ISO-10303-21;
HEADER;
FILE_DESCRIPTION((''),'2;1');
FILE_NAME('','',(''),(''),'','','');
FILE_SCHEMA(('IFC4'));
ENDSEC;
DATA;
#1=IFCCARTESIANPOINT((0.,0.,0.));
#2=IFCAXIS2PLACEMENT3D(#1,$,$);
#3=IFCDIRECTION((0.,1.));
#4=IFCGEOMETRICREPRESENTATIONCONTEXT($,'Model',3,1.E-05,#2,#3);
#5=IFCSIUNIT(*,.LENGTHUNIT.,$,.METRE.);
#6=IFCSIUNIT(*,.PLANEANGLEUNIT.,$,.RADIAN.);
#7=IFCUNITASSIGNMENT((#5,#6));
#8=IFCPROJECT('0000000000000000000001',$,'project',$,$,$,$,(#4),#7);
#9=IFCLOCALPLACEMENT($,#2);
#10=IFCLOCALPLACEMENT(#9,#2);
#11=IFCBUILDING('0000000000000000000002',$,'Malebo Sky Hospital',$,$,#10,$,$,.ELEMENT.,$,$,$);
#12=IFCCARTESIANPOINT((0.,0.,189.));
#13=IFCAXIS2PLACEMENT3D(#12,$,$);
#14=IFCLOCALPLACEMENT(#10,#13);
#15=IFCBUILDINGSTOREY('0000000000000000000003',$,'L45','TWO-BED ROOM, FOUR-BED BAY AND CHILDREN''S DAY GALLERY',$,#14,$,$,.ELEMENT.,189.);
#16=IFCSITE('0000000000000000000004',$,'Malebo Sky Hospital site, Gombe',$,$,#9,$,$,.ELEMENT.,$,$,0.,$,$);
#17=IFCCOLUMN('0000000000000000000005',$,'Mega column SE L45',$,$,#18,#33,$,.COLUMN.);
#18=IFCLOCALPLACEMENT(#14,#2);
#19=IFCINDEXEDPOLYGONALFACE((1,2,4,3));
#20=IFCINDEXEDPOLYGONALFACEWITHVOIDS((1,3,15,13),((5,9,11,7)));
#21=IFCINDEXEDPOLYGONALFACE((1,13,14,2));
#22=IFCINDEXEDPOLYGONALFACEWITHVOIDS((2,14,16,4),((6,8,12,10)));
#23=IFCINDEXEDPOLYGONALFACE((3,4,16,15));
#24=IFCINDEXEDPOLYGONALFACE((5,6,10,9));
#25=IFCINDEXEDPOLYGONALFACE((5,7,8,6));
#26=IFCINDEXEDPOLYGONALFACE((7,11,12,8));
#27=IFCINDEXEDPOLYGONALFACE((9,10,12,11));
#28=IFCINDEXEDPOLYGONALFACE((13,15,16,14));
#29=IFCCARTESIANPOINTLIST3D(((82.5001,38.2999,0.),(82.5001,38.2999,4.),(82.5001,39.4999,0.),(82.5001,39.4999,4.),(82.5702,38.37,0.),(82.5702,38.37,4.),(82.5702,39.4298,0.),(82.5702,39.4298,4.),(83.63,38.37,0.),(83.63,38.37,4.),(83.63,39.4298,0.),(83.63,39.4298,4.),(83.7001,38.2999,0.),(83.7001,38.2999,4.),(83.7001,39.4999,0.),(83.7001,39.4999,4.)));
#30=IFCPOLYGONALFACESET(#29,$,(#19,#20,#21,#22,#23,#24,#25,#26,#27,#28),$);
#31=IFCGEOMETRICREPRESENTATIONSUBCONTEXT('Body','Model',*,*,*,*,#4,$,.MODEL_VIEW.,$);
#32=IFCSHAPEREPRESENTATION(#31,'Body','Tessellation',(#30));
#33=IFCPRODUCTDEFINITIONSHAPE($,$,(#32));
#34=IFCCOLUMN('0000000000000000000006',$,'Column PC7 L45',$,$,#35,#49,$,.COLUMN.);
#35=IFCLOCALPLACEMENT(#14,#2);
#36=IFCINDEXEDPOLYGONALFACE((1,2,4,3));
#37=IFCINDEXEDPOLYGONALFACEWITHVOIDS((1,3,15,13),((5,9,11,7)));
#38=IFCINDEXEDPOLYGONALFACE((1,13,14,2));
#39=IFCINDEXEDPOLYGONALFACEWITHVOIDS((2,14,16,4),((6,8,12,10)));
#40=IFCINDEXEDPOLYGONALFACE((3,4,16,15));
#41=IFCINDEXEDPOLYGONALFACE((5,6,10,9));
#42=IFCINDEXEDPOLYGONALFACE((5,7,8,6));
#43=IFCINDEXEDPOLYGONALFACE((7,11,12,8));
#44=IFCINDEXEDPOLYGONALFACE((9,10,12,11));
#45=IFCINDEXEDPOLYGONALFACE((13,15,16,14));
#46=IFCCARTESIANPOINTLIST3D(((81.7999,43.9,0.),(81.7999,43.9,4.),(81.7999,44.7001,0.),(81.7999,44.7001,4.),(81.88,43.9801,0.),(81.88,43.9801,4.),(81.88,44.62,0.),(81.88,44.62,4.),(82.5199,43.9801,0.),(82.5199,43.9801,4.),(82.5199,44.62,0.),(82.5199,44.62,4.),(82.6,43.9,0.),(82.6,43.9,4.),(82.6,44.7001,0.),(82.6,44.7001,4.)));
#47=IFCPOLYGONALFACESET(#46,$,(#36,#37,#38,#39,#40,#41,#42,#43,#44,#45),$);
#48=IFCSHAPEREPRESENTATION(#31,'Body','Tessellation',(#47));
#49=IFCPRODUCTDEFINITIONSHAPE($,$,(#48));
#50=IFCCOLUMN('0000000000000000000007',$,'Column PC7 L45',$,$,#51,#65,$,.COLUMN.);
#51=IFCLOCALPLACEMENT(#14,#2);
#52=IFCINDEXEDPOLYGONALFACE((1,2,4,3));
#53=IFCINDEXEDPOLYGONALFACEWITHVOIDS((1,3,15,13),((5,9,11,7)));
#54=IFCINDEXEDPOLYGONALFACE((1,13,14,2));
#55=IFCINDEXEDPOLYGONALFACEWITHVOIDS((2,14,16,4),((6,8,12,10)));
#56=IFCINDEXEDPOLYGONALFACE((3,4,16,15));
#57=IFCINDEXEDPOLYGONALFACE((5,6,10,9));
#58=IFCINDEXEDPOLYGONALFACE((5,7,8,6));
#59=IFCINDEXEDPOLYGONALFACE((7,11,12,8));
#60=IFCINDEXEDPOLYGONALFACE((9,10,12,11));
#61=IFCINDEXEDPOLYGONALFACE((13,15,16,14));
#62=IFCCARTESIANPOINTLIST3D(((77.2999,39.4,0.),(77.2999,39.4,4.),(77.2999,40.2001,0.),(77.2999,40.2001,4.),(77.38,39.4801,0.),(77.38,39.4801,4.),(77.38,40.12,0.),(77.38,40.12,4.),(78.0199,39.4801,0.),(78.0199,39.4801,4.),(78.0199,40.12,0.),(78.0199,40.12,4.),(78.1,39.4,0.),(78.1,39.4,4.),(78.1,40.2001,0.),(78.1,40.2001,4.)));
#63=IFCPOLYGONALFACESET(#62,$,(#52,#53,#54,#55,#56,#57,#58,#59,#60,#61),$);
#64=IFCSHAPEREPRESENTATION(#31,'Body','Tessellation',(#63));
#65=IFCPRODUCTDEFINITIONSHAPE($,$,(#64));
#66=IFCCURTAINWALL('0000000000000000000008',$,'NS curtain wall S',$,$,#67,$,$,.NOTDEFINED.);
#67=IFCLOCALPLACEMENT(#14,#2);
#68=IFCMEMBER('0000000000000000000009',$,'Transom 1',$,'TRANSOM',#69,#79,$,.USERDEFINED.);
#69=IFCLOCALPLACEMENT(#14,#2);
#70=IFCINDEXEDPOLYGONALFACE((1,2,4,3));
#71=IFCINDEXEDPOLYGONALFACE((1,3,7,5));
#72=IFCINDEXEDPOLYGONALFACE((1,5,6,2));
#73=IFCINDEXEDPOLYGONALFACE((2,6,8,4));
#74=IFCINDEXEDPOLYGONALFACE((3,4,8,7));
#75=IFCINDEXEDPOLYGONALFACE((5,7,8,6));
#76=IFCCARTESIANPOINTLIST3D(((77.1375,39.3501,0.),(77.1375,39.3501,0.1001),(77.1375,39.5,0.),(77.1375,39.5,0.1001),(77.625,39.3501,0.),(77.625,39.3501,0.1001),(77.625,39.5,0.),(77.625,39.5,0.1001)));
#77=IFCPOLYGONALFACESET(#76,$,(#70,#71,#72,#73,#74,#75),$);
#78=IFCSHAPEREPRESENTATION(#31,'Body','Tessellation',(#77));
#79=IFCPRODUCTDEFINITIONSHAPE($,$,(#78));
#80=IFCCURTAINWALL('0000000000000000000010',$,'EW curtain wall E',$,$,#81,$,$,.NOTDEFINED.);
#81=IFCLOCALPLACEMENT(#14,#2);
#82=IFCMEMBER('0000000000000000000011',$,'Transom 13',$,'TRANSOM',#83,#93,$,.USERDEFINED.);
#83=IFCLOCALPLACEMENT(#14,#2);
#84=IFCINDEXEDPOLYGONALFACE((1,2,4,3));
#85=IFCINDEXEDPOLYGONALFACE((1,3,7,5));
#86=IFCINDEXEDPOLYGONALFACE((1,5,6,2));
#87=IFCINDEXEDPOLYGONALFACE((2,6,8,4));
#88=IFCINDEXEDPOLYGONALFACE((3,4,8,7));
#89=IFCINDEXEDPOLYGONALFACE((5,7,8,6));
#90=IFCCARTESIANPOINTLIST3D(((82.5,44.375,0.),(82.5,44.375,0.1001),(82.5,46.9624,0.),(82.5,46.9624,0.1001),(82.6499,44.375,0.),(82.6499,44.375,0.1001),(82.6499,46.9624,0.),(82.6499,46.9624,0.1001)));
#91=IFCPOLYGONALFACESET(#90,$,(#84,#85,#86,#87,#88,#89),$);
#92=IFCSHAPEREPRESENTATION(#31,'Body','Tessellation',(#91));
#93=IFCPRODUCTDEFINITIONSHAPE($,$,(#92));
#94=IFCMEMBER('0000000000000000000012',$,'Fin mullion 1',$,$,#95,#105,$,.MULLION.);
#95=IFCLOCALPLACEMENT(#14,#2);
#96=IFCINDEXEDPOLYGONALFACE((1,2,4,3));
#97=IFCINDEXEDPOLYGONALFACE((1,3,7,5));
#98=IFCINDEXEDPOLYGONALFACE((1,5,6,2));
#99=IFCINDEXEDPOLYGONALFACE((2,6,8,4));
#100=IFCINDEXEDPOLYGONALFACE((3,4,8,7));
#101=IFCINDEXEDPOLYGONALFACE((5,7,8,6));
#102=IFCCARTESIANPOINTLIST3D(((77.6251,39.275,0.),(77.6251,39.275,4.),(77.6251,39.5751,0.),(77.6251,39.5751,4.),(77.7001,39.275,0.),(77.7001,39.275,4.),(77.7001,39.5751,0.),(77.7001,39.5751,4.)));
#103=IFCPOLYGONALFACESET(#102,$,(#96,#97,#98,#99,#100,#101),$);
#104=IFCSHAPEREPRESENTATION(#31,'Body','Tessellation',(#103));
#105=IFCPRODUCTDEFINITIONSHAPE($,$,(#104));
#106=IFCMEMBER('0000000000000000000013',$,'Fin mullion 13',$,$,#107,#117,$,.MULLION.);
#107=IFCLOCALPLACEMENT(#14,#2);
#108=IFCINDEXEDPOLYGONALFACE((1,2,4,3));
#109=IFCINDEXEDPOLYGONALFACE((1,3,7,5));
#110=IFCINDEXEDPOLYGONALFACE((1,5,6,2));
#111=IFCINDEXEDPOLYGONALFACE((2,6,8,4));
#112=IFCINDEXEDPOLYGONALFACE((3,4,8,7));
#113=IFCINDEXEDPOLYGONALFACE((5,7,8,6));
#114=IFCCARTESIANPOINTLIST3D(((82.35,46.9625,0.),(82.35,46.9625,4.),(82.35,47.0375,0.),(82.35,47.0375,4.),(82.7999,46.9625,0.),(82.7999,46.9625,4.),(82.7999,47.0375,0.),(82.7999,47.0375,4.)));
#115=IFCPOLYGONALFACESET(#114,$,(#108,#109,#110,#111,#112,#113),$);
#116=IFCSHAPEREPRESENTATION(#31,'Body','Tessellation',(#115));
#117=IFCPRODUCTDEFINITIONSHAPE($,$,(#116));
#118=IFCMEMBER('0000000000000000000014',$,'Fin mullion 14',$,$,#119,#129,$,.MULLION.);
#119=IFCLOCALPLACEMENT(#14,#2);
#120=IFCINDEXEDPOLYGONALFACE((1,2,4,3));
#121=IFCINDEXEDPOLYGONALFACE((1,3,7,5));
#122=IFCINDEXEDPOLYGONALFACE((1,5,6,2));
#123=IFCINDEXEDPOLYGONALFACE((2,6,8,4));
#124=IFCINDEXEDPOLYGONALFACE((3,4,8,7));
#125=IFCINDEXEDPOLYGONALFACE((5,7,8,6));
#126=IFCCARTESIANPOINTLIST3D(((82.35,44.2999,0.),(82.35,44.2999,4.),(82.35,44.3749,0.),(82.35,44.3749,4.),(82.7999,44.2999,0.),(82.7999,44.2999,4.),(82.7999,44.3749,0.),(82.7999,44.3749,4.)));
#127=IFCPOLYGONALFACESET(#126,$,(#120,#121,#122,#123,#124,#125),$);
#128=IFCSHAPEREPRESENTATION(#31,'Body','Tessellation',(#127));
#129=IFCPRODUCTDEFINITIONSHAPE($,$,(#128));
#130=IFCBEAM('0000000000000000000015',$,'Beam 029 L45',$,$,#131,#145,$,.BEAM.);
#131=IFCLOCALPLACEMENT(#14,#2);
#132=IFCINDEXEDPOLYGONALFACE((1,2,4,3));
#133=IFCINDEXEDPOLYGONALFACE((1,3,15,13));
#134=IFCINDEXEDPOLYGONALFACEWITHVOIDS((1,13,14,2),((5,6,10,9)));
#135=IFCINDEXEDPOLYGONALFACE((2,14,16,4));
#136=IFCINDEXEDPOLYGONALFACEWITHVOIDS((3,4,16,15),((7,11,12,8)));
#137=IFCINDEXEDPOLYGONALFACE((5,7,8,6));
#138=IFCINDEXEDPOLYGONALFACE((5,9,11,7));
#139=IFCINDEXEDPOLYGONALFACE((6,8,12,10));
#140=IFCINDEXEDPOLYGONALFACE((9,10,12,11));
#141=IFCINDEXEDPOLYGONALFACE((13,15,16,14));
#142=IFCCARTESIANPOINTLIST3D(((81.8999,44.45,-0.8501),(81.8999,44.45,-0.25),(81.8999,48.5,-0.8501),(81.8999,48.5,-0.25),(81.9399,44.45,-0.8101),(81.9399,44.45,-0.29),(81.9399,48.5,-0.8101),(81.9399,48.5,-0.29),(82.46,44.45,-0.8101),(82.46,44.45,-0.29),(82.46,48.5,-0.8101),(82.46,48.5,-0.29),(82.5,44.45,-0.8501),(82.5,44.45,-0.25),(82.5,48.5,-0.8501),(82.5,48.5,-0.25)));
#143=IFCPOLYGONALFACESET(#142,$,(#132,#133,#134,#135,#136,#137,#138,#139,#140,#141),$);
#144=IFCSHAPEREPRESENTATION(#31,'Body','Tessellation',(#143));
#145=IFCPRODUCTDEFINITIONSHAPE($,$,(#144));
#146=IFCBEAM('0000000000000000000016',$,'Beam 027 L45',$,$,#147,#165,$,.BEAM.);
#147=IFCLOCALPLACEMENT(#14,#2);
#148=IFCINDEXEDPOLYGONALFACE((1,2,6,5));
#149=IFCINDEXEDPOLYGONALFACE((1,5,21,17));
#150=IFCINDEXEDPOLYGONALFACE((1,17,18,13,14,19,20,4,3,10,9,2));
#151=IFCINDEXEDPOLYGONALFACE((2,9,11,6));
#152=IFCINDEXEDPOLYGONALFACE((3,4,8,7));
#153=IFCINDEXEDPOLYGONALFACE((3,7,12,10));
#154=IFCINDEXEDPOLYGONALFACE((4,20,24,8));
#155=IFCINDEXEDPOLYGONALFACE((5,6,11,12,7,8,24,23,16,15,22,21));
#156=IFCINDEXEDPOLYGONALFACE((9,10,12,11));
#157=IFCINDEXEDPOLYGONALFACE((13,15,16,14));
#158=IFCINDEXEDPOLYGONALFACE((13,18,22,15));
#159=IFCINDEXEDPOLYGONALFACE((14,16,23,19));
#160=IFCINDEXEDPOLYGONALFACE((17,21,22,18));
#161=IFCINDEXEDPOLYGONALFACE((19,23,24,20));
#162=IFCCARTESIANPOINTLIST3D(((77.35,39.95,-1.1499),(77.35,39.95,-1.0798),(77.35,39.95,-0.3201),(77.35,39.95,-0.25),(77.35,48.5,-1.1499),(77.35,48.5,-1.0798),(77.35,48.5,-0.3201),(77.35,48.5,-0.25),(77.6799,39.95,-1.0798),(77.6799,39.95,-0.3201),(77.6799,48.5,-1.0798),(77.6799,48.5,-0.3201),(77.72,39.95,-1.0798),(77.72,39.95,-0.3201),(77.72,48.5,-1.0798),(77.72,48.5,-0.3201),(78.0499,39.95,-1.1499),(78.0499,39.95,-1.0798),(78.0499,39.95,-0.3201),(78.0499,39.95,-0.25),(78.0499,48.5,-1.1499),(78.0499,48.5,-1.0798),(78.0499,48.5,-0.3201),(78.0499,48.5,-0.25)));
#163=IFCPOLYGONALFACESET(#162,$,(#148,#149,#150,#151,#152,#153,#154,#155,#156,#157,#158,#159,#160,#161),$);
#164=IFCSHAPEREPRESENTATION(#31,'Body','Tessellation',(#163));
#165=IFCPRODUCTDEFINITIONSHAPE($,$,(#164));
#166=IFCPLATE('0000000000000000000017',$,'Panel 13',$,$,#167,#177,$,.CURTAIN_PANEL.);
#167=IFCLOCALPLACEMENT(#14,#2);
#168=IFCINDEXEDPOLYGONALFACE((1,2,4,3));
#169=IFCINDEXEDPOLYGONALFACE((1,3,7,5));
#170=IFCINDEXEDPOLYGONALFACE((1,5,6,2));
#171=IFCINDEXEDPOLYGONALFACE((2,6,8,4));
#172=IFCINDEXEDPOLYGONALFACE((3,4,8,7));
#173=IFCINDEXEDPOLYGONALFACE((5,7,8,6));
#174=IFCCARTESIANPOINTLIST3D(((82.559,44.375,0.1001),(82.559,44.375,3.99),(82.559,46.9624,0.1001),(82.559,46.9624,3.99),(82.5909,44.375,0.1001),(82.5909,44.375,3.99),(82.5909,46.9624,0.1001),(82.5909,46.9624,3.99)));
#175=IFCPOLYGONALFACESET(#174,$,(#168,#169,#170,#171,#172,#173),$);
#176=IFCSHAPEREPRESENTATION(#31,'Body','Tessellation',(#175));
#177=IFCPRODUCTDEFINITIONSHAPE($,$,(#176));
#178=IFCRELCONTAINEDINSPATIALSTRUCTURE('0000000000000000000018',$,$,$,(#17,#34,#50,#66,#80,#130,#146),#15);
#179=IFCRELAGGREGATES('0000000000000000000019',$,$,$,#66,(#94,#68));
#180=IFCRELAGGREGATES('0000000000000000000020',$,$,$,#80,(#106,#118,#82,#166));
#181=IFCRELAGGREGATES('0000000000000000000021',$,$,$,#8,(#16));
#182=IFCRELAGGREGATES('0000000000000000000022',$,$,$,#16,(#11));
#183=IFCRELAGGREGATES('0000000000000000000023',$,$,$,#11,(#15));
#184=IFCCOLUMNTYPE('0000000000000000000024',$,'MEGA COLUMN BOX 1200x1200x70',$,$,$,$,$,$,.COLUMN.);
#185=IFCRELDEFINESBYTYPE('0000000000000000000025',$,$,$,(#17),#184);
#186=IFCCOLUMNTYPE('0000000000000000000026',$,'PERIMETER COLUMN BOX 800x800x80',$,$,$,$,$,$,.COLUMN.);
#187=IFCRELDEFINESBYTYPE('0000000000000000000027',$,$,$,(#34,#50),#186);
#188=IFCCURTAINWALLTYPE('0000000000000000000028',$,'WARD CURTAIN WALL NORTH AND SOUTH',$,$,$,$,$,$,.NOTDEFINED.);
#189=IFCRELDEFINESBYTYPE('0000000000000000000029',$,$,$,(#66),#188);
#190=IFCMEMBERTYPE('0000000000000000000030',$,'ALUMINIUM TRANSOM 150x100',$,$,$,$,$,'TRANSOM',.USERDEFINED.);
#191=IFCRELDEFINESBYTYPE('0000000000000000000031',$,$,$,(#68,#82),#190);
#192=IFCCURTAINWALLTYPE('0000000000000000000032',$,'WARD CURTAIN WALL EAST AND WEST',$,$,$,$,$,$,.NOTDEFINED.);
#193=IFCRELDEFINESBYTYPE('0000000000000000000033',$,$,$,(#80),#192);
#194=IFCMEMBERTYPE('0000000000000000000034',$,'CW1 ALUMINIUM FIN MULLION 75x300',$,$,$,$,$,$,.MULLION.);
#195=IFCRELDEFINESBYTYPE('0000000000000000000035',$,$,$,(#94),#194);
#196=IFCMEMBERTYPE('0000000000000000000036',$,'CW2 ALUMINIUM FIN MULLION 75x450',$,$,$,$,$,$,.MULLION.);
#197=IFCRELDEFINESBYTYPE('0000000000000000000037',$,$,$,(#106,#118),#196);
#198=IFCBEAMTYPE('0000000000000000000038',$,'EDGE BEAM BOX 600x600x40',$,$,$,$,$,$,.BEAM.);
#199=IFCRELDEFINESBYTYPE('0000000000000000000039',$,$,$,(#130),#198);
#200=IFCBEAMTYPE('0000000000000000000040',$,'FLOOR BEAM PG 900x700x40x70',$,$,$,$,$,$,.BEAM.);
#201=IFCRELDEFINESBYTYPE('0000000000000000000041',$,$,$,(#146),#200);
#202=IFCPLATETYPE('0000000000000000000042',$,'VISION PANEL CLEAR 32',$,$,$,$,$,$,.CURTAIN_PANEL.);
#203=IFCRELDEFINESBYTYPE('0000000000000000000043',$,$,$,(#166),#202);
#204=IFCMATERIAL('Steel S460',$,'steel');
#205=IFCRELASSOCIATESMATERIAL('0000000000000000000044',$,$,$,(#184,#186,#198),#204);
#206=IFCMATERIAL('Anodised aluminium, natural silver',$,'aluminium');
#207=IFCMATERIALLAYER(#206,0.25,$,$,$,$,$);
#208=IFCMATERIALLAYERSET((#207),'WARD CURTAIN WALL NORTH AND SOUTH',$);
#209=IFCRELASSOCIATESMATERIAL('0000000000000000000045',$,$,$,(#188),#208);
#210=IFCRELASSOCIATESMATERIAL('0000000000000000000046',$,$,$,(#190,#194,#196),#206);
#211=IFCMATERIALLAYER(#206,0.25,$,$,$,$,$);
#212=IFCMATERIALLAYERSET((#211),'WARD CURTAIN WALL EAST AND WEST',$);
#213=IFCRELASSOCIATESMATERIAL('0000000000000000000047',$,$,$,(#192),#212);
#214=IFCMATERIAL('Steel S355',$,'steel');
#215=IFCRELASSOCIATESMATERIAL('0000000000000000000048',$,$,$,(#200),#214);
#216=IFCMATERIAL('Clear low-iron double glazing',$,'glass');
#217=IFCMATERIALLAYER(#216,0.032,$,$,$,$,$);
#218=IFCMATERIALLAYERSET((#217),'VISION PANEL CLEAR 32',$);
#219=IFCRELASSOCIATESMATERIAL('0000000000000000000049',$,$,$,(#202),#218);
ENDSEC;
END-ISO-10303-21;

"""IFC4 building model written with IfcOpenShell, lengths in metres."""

from ifc_helpers import new_model, si_unit, direction, frame, origin, origin_2d, place, context, subcontext, project, spatial, rectangle, hollow_rectangle, i_section, extrude, material, layer, layer_set, material_profile, profile_set, type_object, element, aggregate, save


model = new_model("IFC4")

# Units and contexts
model_context = context("Model", 3, precision=1e-05, world=origin(), true_north=direction((0.0, 1.0)))
body_context = subcontext(model_context, "Body", "Model", "MODEL_VIEW")
ifc_project = project(units=[si_unit("LENGTHUNIT", "METRE"), si_unit("PLANEANGLEUNIT", "RADIAN")], contexts=[model_context])

# Site, building, storey
site_placement = place(None, origin())
site = spatial("IfcSite", under=ifc_project, at=site_placement, Name="Malebo Sky Hospital site, Gombe", CompositionType="ELEMENT", RefElevation=0.0)
building_placement = place(site_placement, origin())
building = spatial("IfcBuilding", under=site, at=building_placement, Name="Malebo Sky Hospital", CompositionType="ELEMENT")
storey_placement = place(building_placement, frame((0.0, 0.0, 189.0)))
storey = spatial("IfcBuildingStorey", under=building, at=storey_placement, Name="L45", Description="TWO-BED ROOM, FOUR-BED BAY AND CHILDREN'S DAY GALLERY", CompositionType="ELEMENT", Elevation=189.0)

# Columns
ifc_material_1 = material(Name="Steel S460", Category="steel")
ifc_material_profile_1 = material_profile(ifc_material_1, hollow_rectangle(XDim=1.2, YDim=1.2, WallThickness=0.0701, at=origin_2d()), Name="BOX 1200x1200x70")
ifc_profile_set_1 = profile_set([ifc_material_profile_1], Name="Steel S460")
column_type_1 = type_object("IfcColumnType", Name="MEGA COLUMN BOX 1200x1200x70", PredefinedType="COLUMN", material=ifc_profile_set_1)
column_placement = place(storey_placement, frame((83.1001, 38.8999, 0.0), z_axis=(0.0, 0.0, 1.0), x_axis=(1.0, 0.0, 0.0)))
element("IfcColumn", 1, at=column_placement, inside=storey, type_object=column_type_1, Name="Mega column SE L45", PredefinedType="COLUMN", context=body_context, shape_type="SweptSolid", body=[
    extrude(hollow_rectangle(XDim=1.2, YDim=1.2, WallThickness=0.0701, at=origin_2d()), origin(), (0.0, 0.0, 1.0), 4.0),
])
ifc_material_profile_2 = material_profile(ifc_material_1, hollow_rectangle(XDim=0.8, YDim=0.8, WallThickness=0.0801, at=origin_2d()), Name="BOX 800x800x80")
ifc_profile_set_2 = profile_set([ifc_material_profile_2], Name="Steel S460")
column_type_2 = type_object("IfcColumnType", Name="PERIMETER COLUMN BOX 800x800x80", PredefinedType="COLUMN", material=ifc_profile_set_2)
for number, where, z_axis, x_axis, name in (
    (2, (82.2, 44.3, 0.0), (0.0, 0.0, 1.0), (1.0, 0.0, 0.0), "Column PC7 L45"),
    (3, (77.7, 39.8, 0.0), (0.0, 0.0, 1.0), (1.0, 0.0, 0.0), "Column PC7 L45"),
):
    element("IfcColumn", number, at=place(storey_placement, frame(where, z_axis=z_axis, x_axis=x_axis)), inside=storey, type_object=column_type_2, Name=name, PredefinedType="COLUMN", context=body_context, shape_type="SweptSolid", body=[
        extrude(hollow_rectangle(XDim=0.8, YDim=0.8, WallThickness=0.0801, at=origin_2d()), origin(), (0.0, 0.0, 1.0), 4.0),
    ])

# Curtain walls, members
ifc_material_2 = material(Name="Anodised aluminium, natural silver", Category="aluminium")
ifc_layer_1 = layer(ifc_material_2, 0.25)
ifc_layer_set_1 = layer_set([ifc_layer_1], Name="WARD CURTAIN WALL NORTH AND SOUTH")
curtain_wall_type_1 = type_object("IfcCurtainWallType", Name="WARD CURTAIN WALL NORTH AND SOUTH", PredefinedType="NOTDEFINED", material=ifc_layer_set_1)
curtain_wall_1_placement = place(storey_placement, origin())
curtain_wall_1 = element("IfcCurtainWall", 4, at=curtain_wall_1_placement, inside=storey, type_object=curtain_wall_type_1, Name="NS curtain wall S", PredefinedType="NOTDEFINED")
ifc_material_profile_3 = material_profile(ifc_material_2, rectangle(XDim=0.1499, YDim=0.1001, at=origin_2d()), Name="ALUMINIUM TRANSOM 150x100")
ifc_profile_set_3 = profile_set([ifc_material_profile_3], Name="Anodised aluminium, natural silver")
member_type_1 = type_object("IfcMemberType", Name="ALUMINIUM TRANSOM 150x100", ElementType="TRANSOM", PredefinedType="USERDEFINED", material=ifc_profile_set_3)
member_1_placement = place(storey_placement, frame((77.625, 39.425, 0.05), z_axis=(-1.0, 0.0, 0.0), x_axis=(0.0, -1.0, 0.0)))
member_1 = element("IfcMember", 5, at=member_1_placement, type_object=member_type_1, Name="Transom 1", ObjectType="TRANSOM", PredefinedType="USERDEFINED", context=body_context, shape_type="SweptSolid", body=[
    extrude(rectangle(XDim=0.1499, YDim=0.1001, at=origin_2d()), origin(), (0.0, 0.0, 1.0), 0.4875),
])
ifc_layer_2 = layer(ifc_material_2, 0.25)
ifc_layer_set_2 = layer_set([ifc_layer_2], Name="WARD CURTAIN WALL EAST AND WEST")
curtain_wall_type_2 = type_object("IfcCurtainWallType", Name="WARD CURTAIN WALL EAST AND WEST", PredefinedType="NOTDEFINED", material=ifc_layer_set_2)
curtain_wall_2_placement = place(storey_placement, origin())
curtain_wall_2 = element("IfcCurtainWall", 6, at=curtain_wall_2_placement, inside=storey, type_object=curtain_wall_type_2, Name="EW curtain wall E", PredefinedType="NOTDEFINED")
member_2_placement = place(storey_placement, frame((82.575, 46.9624, 0.05), z_axis=(0.0, -1.0, 0.0), x_axis=(1.0, 0.0, 0.0)))
member_2 = element("IfcMember", 7, at=member_2_placement, type_object=member_type_1, Name="Transom 13", ObjectType="TRANSOM", PredefinedType="USERDEFINED", context=body_context, shape_type="SweptSolid", body=[
    extrude(rectangle(XDim=0.1499, YDim=0.1001, at=origin_2d()), origin(), (0.0, 0.0, 1.0), 2.5874),
])

# Members
ifc_material_profile_4 = material_profile(ifc_material_2, rectangle(XDim=0.075, YDim=0.3, at=origin_2d()), Name="CW1 ALUMINIUM FIN MULLION 75x300")
ifc_profile_set_4 = profile_set([ifc_material_profile_4], Name="Anodised aluminium, natural silver")
member_type_2 = type_object("IfcMemberType", Name="CW1 ALUMINIUM FIN MULLION 75x300", PredefinedType="MULLION", material=ifc_profile_set_4)
member_3_placement = place(storey_placement, frame((77.6626, 39.425, 0.0), z_axis=(0.0, 0.0, 1.0), x_axis=(-1.0, 0.0, 0.0)))
member_3 = element("IfcMember", 8, at=member_3_placement, type_object=member_type_2, Name="Fin mullion 1", PredefinedType="MULLION", context=body_context, shape_type="SweptSolid", body=[
    extrude(rectangle(XDim=0.075, YDim=0.3, at=origin_2d()), origin(), (0.0, 0.0, 1.0), 4.0),
])
aggregate(curtain_wall_1, [member_3, member_1])
ifc_material_profile_5 = material_profile(ifc_material_2, rectangle(XDim=0.075, YDim=0.45, at=origin_2d()), Name="CW2 ALUMINIUM FIN MULLION 75x450")
ifc_profile_set_5 = profile_set([ifc_material_profile_5], Name="Anodised aluminium, natural silver")
member_type_3 = type_object("IfcMemberType", Name="CW2 ALUMINIUM FIN MULLION 75x450", PredefinedType="MULLION", material=ifc_profile_set_5)
member_4_placement = place(storey_placement, frame((82.575, 47.0, 0.0), z_axis=(0.0, 0.0, 1.0), x_axis=(0.0, -1.0, 0.0)))
member_4 = element("IfcMember", 9, at=member_4_placement, type_object=member_type_3, Name="Fin mullion 13", PredefinedType="MULLION", context=body_context, shape_type="SweptSolid", body=[
    extrude(rectangle(XDim=0.075, YDim=0.45, at=origin_2d()), origin(), (0.0, 0.0, 1.0), 4.0),
])
member_5_placement = place(storey_placement, frame((82.575, 44.3374, 0.0), z_axis=(0.0, 0.0, 1.0), x_axis=(0.0, -1.0, 0.0)))
member_5 = element("IfcMember", 10, at=member_5_placement, type_object=member_type_3, Name="Fin mullion 14", PredefinedType="MULLION", context=body_context, shape_type="SweptSolid", body=[
    extrude(rectangle(XDim=0.075, YDim=0.45, at=origin_2d()), origin(), (0.0, 0.0, 1.0), 4.0),
])

# Beams
ifc_material_profile_6 = material_profile(ifc_material_1, hollow_rectangle(XDim=0.6001, YDim=0.6001, WallThickness=0.04, at=origin_2d()), Name="BOX 600x600x40")
ifc_profile_set_6 = profile_set([ifc_material_profile_6], Name="Steel S460")
beam_type_1 = type_object("IfcBeamType", Name="EDGE BEAM BOX 600x600x40", PredefinedType="BEAM", material=ifc_profile_set_6)
beam_1_placement = place(storey_placement, frame((82.2, 44.45, -0.55), z_axis=(0.0, 1.0, 0.0), x_axis=(-1.0, 0.0, 0.0)))
element("IfcBeam", 11, at=beam_1_placement, inside=storey, type_object=beam_type_1, Name="Beam 029 L45", PredefinedType="BEAM", context=body_context, shape_type="SweptSolid", body=[
    extrude(hollow_rectangle(XDim=0.6001, YDim=0.6001, WallThickness=0.04, at=origin_2d()), origin(), (0.0, 0.0, 1.0), 4.05),
])
ifc_material_3 = material(Name="Steel S355", Category="steel")
ifc_material_profile_7 = material_profile(ifc_material_3, i_section(OverallWidth=0.7, OverallDepth=0.8999, WebThickness=0.04, FlangeThickness=0.0701, at=origin_2d()), Name="PG 900x700x40x70")
ifc_profile_set_7 = profile_set([ifc_material_profile_7], Name="Steel S355")
beam_type_2 = type_object("IfcBeamType", Name="FLOOR BEAM PG 900x700x40x70", PredefinedType="BEAM", material=ifc_profile_set_7)
beam_2_placement = place(storey_placement, frame((77.7, 39.95, -0.7), z_axis=(0.0, 1.0, 0.0), x_axis=(-1.0, 0.0, 0.0)))
element("IfcBeam", 12, at=beam_2_placement, inside=storey, type_object=beam_type_2, Name="Beam 027 L45", PredefinedType="BEAM", context=body_context, shape_type="SweptSolid", body=[
    extrude(i_section(OverallWidth=0.7, OverallDepth=0.8999, WebThickness=0.04, FlangeThickness=0.0701, at=origin_2d()), origin(), (0.0, 0.0, 1.0), 8.55),
])

# Plate
ifc_material_4 = material(Name="Clear low-iron double glazing", Category="glass")
ifc_layer_3 = layer(ifc_material_4, 0.032)
ifc_layer_set_3 = layer_set([ifc_layer_3], Name="VISION PANEL CLEAR 32")
plate_type = type_object("IfcPlateType", Name="VISION PANEL CLEAR 32", PredefinedType="CURTAIN_PANEL", material=ifc_layer_set_3)
plate_placement = place(storey_placement, frame((82.575, 45.6687, 0.1001), z_axis=(0.0, 0.0, 1.0), x_axis=(0.0, -1.0, 0.0)))
plate = element("IfcPlate", 13, at=plate_placement, type_object=plate_type, Name="Panel 13", PredefinedType="CURTAIN_PANEL", context=body_context, shape_type="SweptSolid", body=[
    extrude(rectangle(XDim=2.5874, YDim=0.032, at=origin_2d()), origin(), (0.0, 0.0, 1.0), 3.8899),
])
aggregate(curtain_wall_2, [member_4, member_5, member_2, plate])

save(model, "model.ifc")
